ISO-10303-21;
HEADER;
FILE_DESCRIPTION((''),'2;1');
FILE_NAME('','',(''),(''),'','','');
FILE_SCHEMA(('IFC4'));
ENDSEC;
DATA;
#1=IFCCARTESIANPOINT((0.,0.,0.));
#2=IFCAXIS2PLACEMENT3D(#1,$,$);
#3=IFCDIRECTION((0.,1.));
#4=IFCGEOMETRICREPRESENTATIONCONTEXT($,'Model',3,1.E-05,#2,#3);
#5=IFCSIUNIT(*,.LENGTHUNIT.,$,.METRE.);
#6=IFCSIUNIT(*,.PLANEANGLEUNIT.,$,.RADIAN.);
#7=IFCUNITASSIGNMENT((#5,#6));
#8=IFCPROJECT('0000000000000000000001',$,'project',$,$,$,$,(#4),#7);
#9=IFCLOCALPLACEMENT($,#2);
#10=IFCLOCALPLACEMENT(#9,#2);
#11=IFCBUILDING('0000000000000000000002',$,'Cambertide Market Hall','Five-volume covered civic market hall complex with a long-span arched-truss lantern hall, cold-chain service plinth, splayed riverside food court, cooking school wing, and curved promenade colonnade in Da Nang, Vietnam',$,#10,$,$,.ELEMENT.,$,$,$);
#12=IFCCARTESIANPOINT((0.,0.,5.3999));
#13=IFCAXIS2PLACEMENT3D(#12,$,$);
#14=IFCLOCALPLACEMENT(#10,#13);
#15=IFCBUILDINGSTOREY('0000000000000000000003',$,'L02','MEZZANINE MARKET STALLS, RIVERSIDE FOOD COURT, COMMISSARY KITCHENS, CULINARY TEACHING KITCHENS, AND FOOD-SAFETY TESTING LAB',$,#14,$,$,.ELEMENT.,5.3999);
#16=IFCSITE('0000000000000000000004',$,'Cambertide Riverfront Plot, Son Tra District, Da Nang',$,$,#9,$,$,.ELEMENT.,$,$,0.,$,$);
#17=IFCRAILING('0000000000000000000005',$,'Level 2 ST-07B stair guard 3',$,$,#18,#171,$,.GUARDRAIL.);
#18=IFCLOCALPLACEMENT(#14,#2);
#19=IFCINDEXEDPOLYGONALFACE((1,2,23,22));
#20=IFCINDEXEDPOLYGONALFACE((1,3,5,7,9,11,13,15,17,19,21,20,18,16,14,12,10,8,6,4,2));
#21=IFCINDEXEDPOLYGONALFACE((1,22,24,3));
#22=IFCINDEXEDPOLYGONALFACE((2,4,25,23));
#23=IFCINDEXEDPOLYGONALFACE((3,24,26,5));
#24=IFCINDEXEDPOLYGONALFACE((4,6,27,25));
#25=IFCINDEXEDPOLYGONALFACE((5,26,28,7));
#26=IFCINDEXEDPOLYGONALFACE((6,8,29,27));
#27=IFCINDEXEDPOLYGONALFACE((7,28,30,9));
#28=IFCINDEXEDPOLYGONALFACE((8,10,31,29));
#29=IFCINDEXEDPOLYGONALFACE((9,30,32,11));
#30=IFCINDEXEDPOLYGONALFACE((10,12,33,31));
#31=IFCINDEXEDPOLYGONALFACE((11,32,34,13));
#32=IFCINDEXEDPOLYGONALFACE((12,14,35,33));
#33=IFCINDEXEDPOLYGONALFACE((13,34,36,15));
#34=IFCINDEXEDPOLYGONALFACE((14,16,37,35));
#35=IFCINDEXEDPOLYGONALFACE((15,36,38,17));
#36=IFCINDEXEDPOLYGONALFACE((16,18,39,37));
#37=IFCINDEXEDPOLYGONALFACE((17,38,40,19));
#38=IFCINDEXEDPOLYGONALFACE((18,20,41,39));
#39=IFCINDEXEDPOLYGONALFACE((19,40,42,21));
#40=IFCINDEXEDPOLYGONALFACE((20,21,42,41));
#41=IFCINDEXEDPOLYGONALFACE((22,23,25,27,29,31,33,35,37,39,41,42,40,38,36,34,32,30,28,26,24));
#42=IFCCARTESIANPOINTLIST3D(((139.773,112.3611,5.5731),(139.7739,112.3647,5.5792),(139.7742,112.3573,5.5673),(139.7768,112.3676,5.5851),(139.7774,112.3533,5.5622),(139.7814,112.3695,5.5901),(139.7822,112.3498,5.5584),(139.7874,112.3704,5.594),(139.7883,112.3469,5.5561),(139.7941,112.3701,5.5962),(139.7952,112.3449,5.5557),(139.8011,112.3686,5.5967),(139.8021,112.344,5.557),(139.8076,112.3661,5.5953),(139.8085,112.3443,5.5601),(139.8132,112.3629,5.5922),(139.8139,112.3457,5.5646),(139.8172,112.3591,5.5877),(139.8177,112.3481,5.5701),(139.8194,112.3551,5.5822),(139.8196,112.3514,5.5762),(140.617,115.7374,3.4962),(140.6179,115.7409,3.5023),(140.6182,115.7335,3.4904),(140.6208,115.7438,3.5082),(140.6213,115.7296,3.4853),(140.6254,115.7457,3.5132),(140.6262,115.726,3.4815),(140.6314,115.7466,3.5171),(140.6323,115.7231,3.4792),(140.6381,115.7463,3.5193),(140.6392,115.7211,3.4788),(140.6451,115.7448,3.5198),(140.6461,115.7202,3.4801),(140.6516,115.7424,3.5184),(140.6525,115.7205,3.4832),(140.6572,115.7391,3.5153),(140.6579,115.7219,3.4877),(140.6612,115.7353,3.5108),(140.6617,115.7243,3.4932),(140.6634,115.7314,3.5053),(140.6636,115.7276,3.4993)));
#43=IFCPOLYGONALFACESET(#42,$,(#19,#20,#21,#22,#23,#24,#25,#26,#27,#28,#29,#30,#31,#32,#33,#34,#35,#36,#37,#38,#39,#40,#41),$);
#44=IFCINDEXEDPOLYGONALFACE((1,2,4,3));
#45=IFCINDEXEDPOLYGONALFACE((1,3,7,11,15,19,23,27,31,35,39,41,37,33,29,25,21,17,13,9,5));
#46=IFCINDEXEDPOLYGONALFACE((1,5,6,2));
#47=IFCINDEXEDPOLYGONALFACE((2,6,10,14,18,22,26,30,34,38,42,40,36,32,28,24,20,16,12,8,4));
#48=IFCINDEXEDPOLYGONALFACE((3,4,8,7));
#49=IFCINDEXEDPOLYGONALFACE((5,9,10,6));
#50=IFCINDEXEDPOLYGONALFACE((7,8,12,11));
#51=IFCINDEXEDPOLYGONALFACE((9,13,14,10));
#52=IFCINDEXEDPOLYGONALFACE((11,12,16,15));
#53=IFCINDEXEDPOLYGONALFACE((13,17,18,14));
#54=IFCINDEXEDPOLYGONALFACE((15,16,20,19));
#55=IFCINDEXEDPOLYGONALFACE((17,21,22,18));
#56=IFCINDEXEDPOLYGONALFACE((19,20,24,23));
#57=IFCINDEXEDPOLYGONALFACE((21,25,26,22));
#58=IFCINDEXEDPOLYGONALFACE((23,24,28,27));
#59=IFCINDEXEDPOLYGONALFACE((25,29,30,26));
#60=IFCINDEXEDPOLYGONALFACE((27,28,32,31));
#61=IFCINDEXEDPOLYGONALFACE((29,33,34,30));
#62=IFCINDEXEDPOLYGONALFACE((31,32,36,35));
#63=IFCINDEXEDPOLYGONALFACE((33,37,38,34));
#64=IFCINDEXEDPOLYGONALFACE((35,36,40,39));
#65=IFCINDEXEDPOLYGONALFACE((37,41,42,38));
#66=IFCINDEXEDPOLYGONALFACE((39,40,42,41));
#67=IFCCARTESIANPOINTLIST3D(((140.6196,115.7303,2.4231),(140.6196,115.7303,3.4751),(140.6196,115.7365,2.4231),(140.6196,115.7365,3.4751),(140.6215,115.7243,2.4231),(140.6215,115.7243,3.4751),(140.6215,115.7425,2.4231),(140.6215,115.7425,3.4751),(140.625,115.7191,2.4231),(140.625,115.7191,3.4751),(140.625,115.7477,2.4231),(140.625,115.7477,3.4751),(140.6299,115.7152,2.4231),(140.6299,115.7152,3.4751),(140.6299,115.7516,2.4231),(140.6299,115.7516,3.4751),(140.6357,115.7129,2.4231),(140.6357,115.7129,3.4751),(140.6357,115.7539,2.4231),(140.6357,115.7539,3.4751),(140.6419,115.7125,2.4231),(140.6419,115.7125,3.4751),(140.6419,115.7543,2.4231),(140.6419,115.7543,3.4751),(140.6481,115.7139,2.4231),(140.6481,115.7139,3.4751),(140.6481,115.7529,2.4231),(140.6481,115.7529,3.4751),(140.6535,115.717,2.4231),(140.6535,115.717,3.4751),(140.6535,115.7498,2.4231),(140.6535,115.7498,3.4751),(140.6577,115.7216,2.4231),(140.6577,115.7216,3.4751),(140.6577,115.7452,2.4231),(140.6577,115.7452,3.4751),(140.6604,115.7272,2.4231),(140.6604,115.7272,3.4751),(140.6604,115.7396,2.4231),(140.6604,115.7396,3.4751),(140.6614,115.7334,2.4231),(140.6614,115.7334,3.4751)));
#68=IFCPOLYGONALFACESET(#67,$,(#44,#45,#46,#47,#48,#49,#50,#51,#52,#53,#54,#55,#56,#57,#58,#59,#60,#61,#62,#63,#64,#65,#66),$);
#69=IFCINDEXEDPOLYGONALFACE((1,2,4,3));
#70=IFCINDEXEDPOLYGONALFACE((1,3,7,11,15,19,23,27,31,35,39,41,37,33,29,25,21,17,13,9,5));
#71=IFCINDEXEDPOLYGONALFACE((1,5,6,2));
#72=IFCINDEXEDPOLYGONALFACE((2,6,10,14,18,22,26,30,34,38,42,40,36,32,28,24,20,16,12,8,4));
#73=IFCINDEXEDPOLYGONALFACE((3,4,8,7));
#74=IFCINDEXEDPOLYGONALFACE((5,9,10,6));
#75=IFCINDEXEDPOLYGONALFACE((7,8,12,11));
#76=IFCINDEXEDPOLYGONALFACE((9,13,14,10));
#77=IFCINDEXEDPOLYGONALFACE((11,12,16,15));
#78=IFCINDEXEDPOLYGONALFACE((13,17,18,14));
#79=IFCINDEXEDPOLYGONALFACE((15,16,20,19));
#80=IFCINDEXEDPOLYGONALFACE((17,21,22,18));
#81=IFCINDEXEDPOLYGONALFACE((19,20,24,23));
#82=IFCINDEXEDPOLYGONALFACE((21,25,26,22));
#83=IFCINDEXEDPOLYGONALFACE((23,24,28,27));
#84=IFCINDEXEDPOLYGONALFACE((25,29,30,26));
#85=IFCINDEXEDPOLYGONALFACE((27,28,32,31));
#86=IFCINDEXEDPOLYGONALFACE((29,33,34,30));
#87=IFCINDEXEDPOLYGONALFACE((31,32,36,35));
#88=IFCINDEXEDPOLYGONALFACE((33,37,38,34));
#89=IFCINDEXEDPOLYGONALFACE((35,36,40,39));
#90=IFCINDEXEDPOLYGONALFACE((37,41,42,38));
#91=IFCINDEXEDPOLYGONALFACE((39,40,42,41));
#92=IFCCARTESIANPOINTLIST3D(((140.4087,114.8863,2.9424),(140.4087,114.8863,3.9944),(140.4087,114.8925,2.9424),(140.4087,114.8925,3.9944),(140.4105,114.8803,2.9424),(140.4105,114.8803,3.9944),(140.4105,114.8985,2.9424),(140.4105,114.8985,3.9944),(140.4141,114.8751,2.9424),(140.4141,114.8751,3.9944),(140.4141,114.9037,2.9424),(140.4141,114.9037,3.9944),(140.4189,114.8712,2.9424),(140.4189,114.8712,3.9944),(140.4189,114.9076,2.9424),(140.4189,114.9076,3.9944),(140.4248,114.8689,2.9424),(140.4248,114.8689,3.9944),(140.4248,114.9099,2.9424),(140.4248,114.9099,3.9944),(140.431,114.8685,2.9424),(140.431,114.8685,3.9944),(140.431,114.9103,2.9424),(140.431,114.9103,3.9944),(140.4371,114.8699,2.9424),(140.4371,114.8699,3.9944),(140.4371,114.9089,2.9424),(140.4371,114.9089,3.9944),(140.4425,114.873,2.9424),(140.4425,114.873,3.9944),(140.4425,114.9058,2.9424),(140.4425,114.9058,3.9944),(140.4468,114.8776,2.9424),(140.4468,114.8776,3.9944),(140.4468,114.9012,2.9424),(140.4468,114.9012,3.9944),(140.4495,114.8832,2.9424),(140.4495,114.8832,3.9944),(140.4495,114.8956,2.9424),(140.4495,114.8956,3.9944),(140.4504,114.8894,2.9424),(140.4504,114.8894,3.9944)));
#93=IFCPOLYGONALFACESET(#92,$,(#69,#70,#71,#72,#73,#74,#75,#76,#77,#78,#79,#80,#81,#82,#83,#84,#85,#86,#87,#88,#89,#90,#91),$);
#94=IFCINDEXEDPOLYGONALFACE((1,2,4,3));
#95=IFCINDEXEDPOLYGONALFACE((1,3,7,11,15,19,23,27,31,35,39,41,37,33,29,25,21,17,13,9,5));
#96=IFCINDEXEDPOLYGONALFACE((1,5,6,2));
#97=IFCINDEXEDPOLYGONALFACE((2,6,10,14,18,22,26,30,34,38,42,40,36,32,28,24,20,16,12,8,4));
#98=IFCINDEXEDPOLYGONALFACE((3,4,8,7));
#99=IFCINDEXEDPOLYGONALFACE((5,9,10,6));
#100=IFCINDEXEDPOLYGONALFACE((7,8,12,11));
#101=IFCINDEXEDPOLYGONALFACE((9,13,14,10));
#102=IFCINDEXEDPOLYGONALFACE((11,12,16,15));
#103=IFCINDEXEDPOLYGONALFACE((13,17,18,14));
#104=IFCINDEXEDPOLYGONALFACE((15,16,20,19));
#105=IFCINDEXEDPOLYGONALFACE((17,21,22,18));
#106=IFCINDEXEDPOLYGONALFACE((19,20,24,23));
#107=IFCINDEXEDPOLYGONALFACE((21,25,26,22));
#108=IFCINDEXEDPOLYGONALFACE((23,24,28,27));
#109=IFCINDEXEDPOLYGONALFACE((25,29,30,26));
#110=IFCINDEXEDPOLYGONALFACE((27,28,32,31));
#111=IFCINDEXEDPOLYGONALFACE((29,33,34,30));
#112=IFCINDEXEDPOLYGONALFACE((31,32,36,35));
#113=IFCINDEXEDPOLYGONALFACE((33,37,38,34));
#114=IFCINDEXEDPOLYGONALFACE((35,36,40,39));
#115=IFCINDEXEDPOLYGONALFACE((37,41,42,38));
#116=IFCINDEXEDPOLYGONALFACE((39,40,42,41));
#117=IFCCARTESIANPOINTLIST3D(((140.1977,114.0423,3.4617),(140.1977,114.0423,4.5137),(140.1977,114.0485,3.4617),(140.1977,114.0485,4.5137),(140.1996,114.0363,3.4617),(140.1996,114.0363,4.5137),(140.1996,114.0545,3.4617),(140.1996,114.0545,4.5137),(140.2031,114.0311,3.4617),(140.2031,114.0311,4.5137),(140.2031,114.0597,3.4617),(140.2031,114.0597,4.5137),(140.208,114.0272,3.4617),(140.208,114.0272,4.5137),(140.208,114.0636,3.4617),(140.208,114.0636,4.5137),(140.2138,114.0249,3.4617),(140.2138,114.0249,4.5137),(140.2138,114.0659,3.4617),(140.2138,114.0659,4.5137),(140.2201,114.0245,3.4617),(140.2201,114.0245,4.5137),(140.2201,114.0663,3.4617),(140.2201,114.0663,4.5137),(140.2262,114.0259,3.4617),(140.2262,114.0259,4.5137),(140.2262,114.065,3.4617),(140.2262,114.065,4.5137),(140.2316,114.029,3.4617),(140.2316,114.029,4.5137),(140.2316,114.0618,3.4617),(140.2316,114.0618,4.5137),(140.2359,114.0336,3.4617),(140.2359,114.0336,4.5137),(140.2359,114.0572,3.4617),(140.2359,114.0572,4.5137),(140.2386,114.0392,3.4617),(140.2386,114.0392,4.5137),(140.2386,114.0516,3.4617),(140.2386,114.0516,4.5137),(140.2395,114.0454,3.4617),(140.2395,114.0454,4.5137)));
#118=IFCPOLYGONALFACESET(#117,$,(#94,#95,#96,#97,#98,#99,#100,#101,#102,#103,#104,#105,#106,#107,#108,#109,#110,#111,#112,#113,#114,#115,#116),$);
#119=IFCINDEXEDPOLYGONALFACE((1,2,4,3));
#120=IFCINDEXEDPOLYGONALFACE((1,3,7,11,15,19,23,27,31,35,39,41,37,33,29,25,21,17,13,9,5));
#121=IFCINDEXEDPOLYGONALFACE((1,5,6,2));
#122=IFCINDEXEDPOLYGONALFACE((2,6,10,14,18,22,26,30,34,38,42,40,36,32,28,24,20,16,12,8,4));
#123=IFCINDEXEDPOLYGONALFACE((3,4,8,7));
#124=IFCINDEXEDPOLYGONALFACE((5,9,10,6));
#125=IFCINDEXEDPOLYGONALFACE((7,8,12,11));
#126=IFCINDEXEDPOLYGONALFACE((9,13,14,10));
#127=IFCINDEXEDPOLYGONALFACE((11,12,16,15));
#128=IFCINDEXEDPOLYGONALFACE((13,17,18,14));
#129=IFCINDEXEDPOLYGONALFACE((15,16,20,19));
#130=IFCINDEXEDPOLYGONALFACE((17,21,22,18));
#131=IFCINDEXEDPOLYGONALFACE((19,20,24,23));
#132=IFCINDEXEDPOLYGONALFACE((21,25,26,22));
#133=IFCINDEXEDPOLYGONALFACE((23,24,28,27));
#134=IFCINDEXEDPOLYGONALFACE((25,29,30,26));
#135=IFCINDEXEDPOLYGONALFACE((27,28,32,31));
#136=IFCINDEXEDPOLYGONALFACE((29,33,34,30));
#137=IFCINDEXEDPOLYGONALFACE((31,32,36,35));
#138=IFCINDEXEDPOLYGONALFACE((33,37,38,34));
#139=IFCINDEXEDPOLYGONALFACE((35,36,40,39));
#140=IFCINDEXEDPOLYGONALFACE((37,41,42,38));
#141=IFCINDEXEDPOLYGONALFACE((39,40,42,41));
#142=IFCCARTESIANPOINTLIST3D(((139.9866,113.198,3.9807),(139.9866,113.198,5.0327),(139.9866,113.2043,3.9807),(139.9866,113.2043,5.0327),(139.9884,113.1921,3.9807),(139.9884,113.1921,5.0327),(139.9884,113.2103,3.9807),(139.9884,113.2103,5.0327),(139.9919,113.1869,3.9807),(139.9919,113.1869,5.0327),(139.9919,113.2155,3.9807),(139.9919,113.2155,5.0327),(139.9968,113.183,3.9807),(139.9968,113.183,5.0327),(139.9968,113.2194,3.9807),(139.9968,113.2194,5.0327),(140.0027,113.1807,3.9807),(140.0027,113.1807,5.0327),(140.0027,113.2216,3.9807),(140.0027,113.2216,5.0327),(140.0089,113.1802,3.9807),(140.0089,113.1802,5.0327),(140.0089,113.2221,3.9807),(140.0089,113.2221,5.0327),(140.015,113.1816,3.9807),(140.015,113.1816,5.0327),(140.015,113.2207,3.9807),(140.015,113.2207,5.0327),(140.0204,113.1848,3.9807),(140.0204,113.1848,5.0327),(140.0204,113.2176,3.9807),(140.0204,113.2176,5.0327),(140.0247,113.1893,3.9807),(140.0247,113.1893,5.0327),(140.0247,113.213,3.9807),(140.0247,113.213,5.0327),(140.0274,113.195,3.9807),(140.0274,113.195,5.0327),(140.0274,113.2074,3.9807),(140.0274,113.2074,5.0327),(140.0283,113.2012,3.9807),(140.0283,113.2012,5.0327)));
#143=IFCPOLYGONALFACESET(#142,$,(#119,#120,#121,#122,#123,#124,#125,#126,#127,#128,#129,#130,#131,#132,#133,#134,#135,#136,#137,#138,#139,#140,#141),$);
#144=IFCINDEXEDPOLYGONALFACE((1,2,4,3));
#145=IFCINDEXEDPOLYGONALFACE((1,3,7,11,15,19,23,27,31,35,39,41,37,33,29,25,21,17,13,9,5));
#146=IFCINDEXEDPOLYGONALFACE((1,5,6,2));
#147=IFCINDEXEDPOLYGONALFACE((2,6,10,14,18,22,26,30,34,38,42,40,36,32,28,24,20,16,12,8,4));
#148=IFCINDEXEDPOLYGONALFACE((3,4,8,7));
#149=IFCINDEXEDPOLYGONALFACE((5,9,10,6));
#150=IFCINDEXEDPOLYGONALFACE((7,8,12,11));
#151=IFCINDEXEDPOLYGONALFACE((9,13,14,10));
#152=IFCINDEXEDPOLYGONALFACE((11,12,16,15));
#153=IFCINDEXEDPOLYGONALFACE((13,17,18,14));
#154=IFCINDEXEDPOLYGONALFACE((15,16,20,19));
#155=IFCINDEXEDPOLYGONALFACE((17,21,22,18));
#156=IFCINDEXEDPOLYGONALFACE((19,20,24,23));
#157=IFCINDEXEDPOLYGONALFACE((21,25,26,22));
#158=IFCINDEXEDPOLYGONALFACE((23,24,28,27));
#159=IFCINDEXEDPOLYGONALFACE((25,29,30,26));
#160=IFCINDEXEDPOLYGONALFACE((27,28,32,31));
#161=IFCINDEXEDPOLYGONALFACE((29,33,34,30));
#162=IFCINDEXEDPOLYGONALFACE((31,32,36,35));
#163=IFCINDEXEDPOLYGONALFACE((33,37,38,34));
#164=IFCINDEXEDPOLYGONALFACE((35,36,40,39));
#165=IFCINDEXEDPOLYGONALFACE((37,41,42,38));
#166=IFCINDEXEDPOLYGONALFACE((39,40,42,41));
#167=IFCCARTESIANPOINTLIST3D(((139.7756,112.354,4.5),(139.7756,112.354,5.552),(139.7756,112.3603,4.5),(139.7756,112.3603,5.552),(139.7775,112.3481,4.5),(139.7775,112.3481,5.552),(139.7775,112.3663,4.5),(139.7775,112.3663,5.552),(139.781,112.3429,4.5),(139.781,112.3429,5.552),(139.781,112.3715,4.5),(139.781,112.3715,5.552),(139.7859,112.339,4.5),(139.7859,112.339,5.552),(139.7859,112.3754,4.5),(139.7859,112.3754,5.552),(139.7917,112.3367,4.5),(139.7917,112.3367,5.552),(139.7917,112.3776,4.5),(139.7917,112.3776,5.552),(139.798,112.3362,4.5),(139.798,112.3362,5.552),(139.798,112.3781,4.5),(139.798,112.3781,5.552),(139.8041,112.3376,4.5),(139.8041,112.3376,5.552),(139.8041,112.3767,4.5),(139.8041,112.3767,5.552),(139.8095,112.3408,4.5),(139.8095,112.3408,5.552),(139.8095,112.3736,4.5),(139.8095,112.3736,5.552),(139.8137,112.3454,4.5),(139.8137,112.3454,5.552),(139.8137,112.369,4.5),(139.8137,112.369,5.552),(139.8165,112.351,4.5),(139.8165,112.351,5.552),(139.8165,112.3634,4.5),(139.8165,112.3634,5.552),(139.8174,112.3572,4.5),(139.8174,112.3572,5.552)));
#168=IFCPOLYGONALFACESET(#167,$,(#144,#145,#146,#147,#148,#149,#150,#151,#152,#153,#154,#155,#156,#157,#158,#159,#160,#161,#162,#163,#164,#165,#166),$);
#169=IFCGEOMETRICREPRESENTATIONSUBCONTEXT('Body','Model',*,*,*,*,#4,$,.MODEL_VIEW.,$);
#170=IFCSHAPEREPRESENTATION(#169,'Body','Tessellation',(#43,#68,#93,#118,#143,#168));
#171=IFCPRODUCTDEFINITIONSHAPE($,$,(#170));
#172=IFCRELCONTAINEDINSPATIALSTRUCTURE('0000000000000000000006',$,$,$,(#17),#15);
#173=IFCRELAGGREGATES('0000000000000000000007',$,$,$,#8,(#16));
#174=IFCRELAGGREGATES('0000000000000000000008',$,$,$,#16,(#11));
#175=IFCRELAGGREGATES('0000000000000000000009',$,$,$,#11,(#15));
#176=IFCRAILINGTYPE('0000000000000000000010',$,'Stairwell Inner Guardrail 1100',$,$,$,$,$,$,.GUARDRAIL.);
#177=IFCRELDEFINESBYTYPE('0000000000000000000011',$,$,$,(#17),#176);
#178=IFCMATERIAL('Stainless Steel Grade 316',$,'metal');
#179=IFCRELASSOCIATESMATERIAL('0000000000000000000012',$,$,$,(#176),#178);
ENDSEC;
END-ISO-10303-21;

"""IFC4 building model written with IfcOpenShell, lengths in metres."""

from ifc_helpers import new_model, si_unit, direction, frame, origin, origin_2d, place, context, subcontext, project, spatial, circle, extrude, material, type_object, element, save


model = new_model("IFC4")

# Units and contexts
model_context = context("Model", 3, precision=1e-05, world=origin(), true_north=direction((0.0, 1.0)))
body_context = subcontext(model_context, "Body", "Model", "MODEL_VIEW")
ifc_project = project(units=[si_unit("LENGTHUNIT", "METRE"), si_unit("PLANEANGLEUNIT", "RADIAN")], contexts=[model_context])

# Site, building, storey
site_placement = place(None, origin())
site = spatial("IfcSite", under=ifc_project, at=site_placement, Name="Cambertide Riverfront Plot, Son Tra District, Da Nang", CompositionType="ELEMENT", RefElevation=0.0)
building_placement = place(site_placement, origin())
building = spatial("IfcBuilding", under=site, at=building_placement, Name="Cambertide Market Hall", Description="Five-volume covered civic market hall complex with a long-span arched-truss lantern hall, cold-chain service plinth, splayed riverside food court, cooking school wing, and curved promenade colonnade in Da Nang, Vietnam", CompositionType="ELEMENT")
storey_placement = place(building_placement, frame((0.0, 0.0, 5.3999)))
storey = spatial("IfcBuildingStorey", under=building, at=storey_placement, Name="L02", Description="MEZZANINE MARKET STALLS, RIVERSIDE FOOD COURT, COMMISSARY KITCHENS, CULINARY TEACHING KITCHENS, AND FOOD-SAFETY TESTING LAB", CompositionType="ELEMENT", Elevation=5.3999)

# Railing
ifc_material_1 = material(Name="Stainless Steel Grade 316", Category="metal")
railing_type_1 = type_object("IfcRailingType", Name="Stairwell Inner Guardrail 1100", PredefinedType="GUARDRAIL", material=ifc_material_1)
railing_1_placement = place(storey_placement, frame((140.6404, 115.7334, 2.4231)))
element("IfcRailing", 1, at=railing_1_placement, inside=storey, type_object=railing_type_1, Name="Level 2 ST-07B stair guard 3", PredefinedType="GUARDRAIL", context=body_context, shape_type="SweptSolid", body=[
    extrude(circle(Radius=0.0239, at=origin_2d()), frame((0.0, 0.0, 1.0762), z_axis=(-0.208253, -0.833071, 0.512469), x_axis=(0.970147, -0.242519, 0.0)), (0.0, 0.0, 1.0), 4.0527),
    extrude(circle(Radius=0.021, at=origin_2d()), origin(), (0.0, 0.0, 1.0), 1.052),
    extrude(circle(Radius=0.021, at=origin_2d()), frame((-0.2109, -0.844, 0.5193)), (0.0, 0.0, 1.0), 1.052),
    extrude(circle(Radius=0.021, at=origin_2d()), frame((-0.4219, -1.688, 1.0386)), (0.0, 0.0, 1.0), 1.052),
    extrude(circle(Radius=0.021, at=origin_2d()), frame((-0.6331, -2.5322, 1.5576)), (0.0, 0.0, 1.0), 1.052),
    extrude(circle(Radius=0.021, at=origin_2d()), frame((-0.844, -3.3762, 2.0769)), (0.0, 0.0, 1.0), 1.052),
])

save(model, "model.ifc")
